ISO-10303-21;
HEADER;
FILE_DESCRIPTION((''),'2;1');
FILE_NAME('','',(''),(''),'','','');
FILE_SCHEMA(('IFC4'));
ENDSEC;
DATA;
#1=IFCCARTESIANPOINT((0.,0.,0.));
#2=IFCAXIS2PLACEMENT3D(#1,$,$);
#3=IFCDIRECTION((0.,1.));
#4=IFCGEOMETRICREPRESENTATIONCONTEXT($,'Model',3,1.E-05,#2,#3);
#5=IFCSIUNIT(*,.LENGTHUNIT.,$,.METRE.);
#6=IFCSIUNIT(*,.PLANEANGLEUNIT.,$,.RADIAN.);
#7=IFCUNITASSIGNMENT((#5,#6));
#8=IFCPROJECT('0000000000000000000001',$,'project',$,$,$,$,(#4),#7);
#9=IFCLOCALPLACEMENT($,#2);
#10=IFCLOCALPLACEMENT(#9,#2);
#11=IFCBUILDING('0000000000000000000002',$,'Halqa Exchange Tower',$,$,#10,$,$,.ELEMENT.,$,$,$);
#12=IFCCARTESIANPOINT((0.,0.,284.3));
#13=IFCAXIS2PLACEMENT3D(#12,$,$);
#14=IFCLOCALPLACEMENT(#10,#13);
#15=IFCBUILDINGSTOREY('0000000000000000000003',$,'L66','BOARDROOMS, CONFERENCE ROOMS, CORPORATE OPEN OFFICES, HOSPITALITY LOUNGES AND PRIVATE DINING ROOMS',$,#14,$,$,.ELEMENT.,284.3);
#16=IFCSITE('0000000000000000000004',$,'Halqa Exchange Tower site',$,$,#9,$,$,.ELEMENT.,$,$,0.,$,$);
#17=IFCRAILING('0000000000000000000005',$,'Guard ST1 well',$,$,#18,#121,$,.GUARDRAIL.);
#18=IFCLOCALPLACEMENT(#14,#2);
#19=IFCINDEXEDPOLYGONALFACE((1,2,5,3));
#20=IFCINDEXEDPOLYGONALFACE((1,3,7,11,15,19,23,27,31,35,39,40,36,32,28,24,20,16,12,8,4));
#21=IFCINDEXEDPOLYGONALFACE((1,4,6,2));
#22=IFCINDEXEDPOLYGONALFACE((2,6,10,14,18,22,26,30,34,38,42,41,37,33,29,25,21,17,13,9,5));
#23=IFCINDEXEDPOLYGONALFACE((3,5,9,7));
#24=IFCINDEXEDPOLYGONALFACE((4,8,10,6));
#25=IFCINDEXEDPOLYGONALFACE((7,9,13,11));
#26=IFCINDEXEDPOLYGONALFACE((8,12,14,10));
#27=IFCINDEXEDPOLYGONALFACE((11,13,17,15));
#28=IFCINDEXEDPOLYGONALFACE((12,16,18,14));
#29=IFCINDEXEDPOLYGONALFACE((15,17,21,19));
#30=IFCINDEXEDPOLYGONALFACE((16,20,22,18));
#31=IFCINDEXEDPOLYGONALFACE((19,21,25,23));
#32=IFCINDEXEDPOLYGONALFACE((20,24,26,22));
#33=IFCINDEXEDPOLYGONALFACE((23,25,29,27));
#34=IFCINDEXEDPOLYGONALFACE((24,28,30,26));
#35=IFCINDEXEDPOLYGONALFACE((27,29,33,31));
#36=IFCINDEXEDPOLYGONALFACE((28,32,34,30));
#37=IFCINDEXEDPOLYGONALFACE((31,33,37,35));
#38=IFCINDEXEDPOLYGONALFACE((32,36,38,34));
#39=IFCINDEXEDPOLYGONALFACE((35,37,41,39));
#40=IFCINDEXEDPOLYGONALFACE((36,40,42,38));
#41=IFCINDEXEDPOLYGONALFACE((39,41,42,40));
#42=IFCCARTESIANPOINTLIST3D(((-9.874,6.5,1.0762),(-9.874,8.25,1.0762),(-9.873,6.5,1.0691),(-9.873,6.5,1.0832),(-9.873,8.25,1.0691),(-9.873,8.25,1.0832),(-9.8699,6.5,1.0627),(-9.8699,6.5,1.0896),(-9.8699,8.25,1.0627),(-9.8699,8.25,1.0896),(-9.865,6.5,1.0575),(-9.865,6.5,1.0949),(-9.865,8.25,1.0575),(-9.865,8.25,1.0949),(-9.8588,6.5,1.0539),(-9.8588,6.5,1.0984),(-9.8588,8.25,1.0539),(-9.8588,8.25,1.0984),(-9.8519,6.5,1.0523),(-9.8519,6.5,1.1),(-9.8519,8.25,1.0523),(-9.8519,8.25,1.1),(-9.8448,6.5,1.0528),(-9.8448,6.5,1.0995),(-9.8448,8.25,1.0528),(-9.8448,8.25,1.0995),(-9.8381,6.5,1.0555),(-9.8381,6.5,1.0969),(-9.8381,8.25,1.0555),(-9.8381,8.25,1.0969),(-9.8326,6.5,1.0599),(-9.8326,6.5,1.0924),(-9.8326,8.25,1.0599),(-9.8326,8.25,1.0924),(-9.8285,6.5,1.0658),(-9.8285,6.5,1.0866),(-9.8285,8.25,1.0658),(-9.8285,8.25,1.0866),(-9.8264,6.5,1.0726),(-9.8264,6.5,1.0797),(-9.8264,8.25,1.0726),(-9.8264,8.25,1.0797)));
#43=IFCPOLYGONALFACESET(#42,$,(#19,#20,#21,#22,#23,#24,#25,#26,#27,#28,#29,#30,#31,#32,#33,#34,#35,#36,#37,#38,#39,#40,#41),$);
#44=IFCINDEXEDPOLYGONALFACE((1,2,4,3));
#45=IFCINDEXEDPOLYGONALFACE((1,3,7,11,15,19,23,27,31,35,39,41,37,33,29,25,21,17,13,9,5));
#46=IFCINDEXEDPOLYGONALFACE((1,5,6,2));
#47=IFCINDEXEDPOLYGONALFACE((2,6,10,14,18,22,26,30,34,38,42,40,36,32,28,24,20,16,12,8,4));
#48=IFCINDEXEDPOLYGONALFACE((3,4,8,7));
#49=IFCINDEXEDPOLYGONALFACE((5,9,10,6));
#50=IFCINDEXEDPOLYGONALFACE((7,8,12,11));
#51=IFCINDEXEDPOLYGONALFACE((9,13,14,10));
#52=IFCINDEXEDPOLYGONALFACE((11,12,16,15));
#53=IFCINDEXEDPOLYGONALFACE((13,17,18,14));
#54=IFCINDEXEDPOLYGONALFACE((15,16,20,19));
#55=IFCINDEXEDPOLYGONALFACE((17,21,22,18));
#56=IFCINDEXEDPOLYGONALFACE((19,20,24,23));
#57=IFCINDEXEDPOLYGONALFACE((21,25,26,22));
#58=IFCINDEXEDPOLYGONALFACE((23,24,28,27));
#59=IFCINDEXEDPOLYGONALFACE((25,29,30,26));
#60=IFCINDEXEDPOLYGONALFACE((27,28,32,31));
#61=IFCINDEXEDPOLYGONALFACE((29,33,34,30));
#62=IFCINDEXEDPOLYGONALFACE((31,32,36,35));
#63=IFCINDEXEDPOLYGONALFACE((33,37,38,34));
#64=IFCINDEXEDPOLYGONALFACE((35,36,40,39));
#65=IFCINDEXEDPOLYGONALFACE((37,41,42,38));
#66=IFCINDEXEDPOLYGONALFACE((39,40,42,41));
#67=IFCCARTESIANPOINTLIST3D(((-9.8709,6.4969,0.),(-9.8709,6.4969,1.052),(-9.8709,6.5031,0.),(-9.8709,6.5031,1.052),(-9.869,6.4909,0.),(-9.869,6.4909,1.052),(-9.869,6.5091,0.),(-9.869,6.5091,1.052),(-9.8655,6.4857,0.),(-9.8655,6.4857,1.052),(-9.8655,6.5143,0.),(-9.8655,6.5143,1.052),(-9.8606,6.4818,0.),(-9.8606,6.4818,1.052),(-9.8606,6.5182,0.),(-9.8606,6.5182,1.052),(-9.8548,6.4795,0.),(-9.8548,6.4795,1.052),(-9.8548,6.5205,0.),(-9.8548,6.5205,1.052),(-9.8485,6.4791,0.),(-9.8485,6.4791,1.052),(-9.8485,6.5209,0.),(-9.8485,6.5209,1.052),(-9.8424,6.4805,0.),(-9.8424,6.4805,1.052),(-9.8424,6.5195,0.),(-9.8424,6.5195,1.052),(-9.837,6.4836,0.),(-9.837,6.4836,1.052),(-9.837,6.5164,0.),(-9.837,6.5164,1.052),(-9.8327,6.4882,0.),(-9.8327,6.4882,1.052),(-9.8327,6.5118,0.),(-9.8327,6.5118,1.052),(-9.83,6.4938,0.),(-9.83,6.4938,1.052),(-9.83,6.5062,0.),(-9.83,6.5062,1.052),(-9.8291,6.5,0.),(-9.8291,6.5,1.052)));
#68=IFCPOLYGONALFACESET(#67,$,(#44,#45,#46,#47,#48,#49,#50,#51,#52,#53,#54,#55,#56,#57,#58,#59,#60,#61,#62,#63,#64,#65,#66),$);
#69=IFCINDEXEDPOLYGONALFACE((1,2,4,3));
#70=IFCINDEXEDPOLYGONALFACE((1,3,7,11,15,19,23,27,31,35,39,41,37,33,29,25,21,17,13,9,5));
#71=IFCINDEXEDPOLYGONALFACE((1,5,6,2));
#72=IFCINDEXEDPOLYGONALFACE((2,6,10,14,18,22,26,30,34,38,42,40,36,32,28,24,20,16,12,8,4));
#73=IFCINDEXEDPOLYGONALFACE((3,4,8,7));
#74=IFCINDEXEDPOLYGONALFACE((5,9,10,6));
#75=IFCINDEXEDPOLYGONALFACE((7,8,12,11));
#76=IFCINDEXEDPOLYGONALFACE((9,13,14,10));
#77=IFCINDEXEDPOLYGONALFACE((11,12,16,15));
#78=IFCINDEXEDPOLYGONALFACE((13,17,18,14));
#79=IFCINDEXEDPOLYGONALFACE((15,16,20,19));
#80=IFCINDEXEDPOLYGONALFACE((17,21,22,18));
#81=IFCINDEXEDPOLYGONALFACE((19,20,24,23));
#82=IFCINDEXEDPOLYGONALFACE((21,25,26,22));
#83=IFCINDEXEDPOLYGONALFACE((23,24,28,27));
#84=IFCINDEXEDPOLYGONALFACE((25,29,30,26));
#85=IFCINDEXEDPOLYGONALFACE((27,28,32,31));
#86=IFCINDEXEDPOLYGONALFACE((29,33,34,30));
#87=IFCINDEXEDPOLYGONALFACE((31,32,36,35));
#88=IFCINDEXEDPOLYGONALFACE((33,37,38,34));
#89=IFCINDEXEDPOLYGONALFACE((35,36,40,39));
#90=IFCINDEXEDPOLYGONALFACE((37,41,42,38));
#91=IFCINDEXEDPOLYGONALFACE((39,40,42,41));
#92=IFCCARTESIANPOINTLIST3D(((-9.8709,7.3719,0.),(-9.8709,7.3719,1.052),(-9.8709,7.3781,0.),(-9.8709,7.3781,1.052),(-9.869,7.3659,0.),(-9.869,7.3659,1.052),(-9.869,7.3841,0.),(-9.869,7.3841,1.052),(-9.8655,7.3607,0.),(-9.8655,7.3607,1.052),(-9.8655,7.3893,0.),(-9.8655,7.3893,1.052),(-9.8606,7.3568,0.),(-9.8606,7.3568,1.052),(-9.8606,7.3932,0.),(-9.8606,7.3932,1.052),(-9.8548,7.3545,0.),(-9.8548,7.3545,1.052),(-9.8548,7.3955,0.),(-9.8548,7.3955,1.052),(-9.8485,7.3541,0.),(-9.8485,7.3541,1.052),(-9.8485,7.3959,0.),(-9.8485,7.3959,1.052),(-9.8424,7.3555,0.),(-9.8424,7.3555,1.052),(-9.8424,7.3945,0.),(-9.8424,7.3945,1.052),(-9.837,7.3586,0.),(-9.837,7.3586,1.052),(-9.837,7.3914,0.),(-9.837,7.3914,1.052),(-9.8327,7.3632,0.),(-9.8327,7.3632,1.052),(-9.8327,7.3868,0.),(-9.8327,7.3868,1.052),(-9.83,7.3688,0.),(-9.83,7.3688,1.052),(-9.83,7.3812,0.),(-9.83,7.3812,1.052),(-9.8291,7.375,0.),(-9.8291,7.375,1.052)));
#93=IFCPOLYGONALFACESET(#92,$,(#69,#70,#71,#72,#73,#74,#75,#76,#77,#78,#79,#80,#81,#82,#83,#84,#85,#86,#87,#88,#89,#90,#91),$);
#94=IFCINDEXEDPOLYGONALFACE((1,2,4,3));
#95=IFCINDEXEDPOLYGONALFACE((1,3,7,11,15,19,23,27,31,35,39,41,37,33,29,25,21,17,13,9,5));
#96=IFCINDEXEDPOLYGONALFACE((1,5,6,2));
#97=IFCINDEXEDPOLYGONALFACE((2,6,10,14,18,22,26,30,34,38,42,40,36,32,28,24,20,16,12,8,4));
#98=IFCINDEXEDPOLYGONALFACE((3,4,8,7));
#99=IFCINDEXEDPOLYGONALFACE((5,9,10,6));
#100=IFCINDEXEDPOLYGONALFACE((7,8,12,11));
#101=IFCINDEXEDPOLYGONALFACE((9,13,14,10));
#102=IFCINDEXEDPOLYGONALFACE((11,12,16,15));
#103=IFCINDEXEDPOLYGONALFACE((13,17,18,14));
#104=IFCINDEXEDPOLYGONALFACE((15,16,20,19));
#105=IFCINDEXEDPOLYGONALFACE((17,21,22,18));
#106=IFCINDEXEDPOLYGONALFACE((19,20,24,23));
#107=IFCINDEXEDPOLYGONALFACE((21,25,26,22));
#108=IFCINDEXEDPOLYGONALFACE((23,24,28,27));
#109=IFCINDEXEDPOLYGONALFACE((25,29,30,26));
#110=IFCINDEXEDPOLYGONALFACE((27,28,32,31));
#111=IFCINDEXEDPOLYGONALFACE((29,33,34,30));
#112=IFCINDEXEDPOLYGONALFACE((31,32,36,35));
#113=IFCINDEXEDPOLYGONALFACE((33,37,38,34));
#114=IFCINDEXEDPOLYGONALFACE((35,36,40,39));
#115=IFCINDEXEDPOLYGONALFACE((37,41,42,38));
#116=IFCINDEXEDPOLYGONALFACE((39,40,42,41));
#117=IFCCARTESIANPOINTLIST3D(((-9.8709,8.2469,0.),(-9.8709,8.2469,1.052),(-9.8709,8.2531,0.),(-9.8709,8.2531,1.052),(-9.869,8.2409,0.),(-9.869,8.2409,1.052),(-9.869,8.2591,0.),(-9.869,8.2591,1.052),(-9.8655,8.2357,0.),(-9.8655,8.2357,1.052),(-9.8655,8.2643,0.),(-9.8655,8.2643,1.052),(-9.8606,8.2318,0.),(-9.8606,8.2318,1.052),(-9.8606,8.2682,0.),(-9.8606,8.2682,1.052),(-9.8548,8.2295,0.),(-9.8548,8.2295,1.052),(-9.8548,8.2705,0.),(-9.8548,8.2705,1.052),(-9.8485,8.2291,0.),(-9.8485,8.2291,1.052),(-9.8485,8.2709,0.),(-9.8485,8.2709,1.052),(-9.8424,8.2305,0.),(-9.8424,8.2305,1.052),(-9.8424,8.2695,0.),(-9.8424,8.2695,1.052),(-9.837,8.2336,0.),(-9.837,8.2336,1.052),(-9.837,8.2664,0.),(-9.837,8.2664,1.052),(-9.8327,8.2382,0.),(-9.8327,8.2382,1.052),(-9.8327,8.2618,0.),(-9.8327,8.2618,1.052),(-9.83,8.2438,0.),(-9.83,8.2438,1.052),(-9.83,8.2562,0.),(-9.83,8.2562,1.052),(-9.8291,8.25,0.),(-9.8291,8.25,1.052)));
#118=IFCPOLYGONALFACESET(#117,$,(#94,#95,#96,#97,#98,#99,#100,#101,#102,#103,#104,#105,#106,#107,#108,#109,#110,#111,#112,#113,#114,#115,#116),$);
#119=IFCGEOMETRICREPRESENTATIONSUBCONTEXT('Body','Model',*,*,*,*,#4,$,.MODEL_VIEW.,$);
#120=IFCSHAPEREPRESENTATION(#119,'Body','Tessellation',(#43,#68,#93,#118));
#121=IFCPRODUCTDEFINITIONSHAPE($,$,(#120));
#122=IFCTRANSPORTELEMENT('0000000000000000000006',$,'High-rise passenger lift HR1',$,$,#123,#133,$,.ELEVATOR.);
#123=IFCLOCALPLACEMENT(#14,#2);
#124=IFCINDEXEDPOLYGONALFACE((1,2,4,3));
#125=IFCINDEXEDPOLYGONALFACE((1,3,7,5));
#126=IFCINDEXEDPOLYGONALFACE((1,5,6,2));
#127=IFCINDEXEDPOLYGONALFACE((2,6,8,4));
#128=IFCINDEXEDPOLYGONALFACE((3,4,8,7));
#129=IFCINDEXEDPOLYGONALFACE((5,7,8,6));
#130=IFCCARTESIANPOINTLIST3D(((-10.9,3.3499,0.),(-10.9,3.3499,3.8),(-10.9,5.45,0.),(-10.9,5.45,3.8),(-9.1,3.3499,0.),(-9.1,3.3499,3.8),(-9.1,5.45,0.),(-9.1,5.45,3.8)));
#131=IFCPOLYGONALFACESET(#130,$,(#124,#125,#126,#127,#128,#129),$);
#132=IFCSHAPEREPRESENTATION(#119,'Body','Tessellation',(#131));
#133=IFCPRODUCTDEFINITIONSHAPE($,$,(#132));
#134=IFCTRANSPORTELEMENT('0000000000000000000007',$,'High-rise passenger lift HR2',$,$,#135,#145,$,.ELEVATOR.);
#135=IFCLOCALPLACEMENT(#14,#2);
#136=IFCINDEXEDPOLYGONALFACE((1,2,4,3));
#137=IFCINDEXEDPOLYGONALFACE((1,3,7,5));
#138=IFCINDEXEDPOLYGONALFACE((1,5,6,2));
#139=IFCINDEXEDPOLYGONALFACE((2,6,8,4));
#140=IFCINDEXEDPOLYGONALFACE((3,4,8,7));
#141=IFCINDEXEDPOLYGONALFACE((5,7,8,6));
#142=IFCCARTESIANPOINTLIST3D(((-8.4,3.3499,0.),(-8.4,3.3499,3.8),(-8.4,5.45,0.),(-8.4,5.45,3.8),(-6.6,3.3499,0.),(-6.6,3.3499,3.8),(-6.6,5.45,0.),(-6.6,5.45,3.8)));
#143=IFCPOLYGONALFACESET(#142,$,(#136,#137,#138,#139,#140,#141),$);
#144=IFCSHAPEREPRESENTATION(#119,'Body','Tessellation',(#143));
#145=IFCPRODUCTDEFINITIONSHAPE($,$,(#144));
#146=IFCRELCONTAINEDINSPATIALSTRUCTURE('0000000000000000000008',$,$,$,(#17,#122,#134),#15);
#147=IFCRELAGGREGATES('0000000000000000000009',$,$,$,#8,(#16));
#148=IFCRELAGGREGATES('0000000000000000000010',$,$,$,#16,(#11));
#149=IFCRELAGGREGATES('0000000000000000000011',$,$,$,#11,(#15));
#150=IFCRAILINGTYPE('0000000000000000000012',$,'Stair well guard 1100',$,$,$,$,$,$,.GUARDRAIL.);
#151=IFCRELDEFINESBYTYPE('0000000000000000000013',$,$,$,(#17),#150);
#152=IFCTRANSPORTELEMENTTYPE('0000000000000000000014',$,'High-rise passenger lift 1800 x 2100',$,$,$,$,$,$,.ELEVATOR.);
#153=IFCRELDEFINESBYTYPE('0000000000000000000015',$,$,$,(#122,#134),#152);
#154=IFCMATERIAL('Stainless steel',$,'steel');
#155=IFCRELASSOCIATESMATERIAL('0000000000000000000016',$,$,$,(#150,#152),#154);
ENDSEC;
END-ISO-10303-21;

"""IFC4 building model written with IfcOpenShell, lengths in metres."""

from ifc_helpers import new_model, si_unit, direction, frame, origin, origin_2d, place, context, subcontext, project, spatial, rectangle, circle, extrude, material, type_object, element, save


model = new_model("IFC4")

# Units and contexts
model_context = context("Model", 3, precision=1e-05, world=origin(), true_north=direction((0.0, 1.0)))
body_context = subcontext(model_context, "Body", "Model", "MODEL_VIEW")
ifc_project = project(units=[si_unit("LENGTHUNIT", "METRE"), si_unit("PLANEANGLEUNIT", "RADIAN")], contexts=[model_context])

# Site, building, storey
site_placement = place(None, origin())
site = spatial("IfcSite", under=ifc_project, at=site_placement, Name="Halqa Exchange Tower site", CompositionType="ELEMENT", RefElevation=0.0)
building_placement = place(site_placement, origin())
building = spatial("IfcBuilding", under=site, at=building_placement, Name="Halqa Exchange Tower", CompositionType="ELEMENT")
storey_placement = place(building_placement, frame((0.0, 0.0, 284.3)))
storey = spatial("IfcBuildingStorey", under=building, at=storey_placement, Name="L66", Description="BOARDROOMS, CONFERENCE ROOMS, CORPORATE OPEN OFFICES, HOSPITALITY LOUNGES AND PRIVATE DINING ROOMS", CompositionType="ELEMENT", Elevation=284.3)

# Shared definitions
ifc_material_1 = material(Name="Stainless steel", Category="steel")

# Railing
railing_type_1 = type_object("IfcRailingType", Name="Stair well guard 1100", PredefinedType="GUARDRAIL", material=ifc_material_1)
railing_1_placement = place(storey_placement, frame((-9.8501, 6.5, 0.0)))
element("IfcRailing", 1, at=railing_1_placement, inside=storey, type_object=railing_type_1, Name="Guard ST1 well", PredefinedType="GUARDRAIL", context=body_context, shape_type="SweptSolid", body=[
    extrude(circle(Radius=0.0239, at=origin_2d()), frame((0.0, 0.0, 1.0762), z_axis=(0.0, 1.0, 0.0), x_axis=(-1.0, 0.0, 0.0)), (0.0, 0.0, 1.0), 1.75),
    extrude(circle(Radius=0.021, at=origin_2d()), origin(), (0.0, 0.0, 1.0), 1.052),
    extrude(circle(Radius=0.021, at=origin_2d()), frame((0.0, 0.875, 0.0)), (0.0, 0.0, 1.0), 1.052),
    extrude(circle(Radius=0.021, at=origin_2d()), frame((0.0, 1.75, 0.0)), (0.0, 0.0, 1.0), 1.052),
])

# Transport elements
transport_element_type = type_object("IfcTransportElementType", Name="High-rise passenger lift 1800 x 2100", PredefinedType="ELEVATOR", material=ifc_material_1)
for number, where, z_axis, x_axis, name in (
    (2, (-10.0, 4.3999, 0.0), (0.0, 0.0, 1.0), (1.0, 0.0, 0.0), "High-rise passenger lift HR1"),
    (3, (-7.5, 4.3999, 0.0), (0.0, 0.0, 1.0), (1.0, 0.0, 0.0), "High-rise passenger lift HR2"),
):
    element("IfcTransportElement", number, at=place(storey_placement, frame(where, z_axis=z_axis, x_axis=x_axis)), inside=storey, type_object=transport_element_type, Name=name, PredefinedType="ELEVATOR", context=body_context, shape_type="SweptSolid", body=[
        extrude(rectangle(XDim=1.8, YDim=2.1001, at=origin_2d()), origin(), (0.0, 0.0, 1.0), 3.8),
    ])

save(model, "model.ifc")
